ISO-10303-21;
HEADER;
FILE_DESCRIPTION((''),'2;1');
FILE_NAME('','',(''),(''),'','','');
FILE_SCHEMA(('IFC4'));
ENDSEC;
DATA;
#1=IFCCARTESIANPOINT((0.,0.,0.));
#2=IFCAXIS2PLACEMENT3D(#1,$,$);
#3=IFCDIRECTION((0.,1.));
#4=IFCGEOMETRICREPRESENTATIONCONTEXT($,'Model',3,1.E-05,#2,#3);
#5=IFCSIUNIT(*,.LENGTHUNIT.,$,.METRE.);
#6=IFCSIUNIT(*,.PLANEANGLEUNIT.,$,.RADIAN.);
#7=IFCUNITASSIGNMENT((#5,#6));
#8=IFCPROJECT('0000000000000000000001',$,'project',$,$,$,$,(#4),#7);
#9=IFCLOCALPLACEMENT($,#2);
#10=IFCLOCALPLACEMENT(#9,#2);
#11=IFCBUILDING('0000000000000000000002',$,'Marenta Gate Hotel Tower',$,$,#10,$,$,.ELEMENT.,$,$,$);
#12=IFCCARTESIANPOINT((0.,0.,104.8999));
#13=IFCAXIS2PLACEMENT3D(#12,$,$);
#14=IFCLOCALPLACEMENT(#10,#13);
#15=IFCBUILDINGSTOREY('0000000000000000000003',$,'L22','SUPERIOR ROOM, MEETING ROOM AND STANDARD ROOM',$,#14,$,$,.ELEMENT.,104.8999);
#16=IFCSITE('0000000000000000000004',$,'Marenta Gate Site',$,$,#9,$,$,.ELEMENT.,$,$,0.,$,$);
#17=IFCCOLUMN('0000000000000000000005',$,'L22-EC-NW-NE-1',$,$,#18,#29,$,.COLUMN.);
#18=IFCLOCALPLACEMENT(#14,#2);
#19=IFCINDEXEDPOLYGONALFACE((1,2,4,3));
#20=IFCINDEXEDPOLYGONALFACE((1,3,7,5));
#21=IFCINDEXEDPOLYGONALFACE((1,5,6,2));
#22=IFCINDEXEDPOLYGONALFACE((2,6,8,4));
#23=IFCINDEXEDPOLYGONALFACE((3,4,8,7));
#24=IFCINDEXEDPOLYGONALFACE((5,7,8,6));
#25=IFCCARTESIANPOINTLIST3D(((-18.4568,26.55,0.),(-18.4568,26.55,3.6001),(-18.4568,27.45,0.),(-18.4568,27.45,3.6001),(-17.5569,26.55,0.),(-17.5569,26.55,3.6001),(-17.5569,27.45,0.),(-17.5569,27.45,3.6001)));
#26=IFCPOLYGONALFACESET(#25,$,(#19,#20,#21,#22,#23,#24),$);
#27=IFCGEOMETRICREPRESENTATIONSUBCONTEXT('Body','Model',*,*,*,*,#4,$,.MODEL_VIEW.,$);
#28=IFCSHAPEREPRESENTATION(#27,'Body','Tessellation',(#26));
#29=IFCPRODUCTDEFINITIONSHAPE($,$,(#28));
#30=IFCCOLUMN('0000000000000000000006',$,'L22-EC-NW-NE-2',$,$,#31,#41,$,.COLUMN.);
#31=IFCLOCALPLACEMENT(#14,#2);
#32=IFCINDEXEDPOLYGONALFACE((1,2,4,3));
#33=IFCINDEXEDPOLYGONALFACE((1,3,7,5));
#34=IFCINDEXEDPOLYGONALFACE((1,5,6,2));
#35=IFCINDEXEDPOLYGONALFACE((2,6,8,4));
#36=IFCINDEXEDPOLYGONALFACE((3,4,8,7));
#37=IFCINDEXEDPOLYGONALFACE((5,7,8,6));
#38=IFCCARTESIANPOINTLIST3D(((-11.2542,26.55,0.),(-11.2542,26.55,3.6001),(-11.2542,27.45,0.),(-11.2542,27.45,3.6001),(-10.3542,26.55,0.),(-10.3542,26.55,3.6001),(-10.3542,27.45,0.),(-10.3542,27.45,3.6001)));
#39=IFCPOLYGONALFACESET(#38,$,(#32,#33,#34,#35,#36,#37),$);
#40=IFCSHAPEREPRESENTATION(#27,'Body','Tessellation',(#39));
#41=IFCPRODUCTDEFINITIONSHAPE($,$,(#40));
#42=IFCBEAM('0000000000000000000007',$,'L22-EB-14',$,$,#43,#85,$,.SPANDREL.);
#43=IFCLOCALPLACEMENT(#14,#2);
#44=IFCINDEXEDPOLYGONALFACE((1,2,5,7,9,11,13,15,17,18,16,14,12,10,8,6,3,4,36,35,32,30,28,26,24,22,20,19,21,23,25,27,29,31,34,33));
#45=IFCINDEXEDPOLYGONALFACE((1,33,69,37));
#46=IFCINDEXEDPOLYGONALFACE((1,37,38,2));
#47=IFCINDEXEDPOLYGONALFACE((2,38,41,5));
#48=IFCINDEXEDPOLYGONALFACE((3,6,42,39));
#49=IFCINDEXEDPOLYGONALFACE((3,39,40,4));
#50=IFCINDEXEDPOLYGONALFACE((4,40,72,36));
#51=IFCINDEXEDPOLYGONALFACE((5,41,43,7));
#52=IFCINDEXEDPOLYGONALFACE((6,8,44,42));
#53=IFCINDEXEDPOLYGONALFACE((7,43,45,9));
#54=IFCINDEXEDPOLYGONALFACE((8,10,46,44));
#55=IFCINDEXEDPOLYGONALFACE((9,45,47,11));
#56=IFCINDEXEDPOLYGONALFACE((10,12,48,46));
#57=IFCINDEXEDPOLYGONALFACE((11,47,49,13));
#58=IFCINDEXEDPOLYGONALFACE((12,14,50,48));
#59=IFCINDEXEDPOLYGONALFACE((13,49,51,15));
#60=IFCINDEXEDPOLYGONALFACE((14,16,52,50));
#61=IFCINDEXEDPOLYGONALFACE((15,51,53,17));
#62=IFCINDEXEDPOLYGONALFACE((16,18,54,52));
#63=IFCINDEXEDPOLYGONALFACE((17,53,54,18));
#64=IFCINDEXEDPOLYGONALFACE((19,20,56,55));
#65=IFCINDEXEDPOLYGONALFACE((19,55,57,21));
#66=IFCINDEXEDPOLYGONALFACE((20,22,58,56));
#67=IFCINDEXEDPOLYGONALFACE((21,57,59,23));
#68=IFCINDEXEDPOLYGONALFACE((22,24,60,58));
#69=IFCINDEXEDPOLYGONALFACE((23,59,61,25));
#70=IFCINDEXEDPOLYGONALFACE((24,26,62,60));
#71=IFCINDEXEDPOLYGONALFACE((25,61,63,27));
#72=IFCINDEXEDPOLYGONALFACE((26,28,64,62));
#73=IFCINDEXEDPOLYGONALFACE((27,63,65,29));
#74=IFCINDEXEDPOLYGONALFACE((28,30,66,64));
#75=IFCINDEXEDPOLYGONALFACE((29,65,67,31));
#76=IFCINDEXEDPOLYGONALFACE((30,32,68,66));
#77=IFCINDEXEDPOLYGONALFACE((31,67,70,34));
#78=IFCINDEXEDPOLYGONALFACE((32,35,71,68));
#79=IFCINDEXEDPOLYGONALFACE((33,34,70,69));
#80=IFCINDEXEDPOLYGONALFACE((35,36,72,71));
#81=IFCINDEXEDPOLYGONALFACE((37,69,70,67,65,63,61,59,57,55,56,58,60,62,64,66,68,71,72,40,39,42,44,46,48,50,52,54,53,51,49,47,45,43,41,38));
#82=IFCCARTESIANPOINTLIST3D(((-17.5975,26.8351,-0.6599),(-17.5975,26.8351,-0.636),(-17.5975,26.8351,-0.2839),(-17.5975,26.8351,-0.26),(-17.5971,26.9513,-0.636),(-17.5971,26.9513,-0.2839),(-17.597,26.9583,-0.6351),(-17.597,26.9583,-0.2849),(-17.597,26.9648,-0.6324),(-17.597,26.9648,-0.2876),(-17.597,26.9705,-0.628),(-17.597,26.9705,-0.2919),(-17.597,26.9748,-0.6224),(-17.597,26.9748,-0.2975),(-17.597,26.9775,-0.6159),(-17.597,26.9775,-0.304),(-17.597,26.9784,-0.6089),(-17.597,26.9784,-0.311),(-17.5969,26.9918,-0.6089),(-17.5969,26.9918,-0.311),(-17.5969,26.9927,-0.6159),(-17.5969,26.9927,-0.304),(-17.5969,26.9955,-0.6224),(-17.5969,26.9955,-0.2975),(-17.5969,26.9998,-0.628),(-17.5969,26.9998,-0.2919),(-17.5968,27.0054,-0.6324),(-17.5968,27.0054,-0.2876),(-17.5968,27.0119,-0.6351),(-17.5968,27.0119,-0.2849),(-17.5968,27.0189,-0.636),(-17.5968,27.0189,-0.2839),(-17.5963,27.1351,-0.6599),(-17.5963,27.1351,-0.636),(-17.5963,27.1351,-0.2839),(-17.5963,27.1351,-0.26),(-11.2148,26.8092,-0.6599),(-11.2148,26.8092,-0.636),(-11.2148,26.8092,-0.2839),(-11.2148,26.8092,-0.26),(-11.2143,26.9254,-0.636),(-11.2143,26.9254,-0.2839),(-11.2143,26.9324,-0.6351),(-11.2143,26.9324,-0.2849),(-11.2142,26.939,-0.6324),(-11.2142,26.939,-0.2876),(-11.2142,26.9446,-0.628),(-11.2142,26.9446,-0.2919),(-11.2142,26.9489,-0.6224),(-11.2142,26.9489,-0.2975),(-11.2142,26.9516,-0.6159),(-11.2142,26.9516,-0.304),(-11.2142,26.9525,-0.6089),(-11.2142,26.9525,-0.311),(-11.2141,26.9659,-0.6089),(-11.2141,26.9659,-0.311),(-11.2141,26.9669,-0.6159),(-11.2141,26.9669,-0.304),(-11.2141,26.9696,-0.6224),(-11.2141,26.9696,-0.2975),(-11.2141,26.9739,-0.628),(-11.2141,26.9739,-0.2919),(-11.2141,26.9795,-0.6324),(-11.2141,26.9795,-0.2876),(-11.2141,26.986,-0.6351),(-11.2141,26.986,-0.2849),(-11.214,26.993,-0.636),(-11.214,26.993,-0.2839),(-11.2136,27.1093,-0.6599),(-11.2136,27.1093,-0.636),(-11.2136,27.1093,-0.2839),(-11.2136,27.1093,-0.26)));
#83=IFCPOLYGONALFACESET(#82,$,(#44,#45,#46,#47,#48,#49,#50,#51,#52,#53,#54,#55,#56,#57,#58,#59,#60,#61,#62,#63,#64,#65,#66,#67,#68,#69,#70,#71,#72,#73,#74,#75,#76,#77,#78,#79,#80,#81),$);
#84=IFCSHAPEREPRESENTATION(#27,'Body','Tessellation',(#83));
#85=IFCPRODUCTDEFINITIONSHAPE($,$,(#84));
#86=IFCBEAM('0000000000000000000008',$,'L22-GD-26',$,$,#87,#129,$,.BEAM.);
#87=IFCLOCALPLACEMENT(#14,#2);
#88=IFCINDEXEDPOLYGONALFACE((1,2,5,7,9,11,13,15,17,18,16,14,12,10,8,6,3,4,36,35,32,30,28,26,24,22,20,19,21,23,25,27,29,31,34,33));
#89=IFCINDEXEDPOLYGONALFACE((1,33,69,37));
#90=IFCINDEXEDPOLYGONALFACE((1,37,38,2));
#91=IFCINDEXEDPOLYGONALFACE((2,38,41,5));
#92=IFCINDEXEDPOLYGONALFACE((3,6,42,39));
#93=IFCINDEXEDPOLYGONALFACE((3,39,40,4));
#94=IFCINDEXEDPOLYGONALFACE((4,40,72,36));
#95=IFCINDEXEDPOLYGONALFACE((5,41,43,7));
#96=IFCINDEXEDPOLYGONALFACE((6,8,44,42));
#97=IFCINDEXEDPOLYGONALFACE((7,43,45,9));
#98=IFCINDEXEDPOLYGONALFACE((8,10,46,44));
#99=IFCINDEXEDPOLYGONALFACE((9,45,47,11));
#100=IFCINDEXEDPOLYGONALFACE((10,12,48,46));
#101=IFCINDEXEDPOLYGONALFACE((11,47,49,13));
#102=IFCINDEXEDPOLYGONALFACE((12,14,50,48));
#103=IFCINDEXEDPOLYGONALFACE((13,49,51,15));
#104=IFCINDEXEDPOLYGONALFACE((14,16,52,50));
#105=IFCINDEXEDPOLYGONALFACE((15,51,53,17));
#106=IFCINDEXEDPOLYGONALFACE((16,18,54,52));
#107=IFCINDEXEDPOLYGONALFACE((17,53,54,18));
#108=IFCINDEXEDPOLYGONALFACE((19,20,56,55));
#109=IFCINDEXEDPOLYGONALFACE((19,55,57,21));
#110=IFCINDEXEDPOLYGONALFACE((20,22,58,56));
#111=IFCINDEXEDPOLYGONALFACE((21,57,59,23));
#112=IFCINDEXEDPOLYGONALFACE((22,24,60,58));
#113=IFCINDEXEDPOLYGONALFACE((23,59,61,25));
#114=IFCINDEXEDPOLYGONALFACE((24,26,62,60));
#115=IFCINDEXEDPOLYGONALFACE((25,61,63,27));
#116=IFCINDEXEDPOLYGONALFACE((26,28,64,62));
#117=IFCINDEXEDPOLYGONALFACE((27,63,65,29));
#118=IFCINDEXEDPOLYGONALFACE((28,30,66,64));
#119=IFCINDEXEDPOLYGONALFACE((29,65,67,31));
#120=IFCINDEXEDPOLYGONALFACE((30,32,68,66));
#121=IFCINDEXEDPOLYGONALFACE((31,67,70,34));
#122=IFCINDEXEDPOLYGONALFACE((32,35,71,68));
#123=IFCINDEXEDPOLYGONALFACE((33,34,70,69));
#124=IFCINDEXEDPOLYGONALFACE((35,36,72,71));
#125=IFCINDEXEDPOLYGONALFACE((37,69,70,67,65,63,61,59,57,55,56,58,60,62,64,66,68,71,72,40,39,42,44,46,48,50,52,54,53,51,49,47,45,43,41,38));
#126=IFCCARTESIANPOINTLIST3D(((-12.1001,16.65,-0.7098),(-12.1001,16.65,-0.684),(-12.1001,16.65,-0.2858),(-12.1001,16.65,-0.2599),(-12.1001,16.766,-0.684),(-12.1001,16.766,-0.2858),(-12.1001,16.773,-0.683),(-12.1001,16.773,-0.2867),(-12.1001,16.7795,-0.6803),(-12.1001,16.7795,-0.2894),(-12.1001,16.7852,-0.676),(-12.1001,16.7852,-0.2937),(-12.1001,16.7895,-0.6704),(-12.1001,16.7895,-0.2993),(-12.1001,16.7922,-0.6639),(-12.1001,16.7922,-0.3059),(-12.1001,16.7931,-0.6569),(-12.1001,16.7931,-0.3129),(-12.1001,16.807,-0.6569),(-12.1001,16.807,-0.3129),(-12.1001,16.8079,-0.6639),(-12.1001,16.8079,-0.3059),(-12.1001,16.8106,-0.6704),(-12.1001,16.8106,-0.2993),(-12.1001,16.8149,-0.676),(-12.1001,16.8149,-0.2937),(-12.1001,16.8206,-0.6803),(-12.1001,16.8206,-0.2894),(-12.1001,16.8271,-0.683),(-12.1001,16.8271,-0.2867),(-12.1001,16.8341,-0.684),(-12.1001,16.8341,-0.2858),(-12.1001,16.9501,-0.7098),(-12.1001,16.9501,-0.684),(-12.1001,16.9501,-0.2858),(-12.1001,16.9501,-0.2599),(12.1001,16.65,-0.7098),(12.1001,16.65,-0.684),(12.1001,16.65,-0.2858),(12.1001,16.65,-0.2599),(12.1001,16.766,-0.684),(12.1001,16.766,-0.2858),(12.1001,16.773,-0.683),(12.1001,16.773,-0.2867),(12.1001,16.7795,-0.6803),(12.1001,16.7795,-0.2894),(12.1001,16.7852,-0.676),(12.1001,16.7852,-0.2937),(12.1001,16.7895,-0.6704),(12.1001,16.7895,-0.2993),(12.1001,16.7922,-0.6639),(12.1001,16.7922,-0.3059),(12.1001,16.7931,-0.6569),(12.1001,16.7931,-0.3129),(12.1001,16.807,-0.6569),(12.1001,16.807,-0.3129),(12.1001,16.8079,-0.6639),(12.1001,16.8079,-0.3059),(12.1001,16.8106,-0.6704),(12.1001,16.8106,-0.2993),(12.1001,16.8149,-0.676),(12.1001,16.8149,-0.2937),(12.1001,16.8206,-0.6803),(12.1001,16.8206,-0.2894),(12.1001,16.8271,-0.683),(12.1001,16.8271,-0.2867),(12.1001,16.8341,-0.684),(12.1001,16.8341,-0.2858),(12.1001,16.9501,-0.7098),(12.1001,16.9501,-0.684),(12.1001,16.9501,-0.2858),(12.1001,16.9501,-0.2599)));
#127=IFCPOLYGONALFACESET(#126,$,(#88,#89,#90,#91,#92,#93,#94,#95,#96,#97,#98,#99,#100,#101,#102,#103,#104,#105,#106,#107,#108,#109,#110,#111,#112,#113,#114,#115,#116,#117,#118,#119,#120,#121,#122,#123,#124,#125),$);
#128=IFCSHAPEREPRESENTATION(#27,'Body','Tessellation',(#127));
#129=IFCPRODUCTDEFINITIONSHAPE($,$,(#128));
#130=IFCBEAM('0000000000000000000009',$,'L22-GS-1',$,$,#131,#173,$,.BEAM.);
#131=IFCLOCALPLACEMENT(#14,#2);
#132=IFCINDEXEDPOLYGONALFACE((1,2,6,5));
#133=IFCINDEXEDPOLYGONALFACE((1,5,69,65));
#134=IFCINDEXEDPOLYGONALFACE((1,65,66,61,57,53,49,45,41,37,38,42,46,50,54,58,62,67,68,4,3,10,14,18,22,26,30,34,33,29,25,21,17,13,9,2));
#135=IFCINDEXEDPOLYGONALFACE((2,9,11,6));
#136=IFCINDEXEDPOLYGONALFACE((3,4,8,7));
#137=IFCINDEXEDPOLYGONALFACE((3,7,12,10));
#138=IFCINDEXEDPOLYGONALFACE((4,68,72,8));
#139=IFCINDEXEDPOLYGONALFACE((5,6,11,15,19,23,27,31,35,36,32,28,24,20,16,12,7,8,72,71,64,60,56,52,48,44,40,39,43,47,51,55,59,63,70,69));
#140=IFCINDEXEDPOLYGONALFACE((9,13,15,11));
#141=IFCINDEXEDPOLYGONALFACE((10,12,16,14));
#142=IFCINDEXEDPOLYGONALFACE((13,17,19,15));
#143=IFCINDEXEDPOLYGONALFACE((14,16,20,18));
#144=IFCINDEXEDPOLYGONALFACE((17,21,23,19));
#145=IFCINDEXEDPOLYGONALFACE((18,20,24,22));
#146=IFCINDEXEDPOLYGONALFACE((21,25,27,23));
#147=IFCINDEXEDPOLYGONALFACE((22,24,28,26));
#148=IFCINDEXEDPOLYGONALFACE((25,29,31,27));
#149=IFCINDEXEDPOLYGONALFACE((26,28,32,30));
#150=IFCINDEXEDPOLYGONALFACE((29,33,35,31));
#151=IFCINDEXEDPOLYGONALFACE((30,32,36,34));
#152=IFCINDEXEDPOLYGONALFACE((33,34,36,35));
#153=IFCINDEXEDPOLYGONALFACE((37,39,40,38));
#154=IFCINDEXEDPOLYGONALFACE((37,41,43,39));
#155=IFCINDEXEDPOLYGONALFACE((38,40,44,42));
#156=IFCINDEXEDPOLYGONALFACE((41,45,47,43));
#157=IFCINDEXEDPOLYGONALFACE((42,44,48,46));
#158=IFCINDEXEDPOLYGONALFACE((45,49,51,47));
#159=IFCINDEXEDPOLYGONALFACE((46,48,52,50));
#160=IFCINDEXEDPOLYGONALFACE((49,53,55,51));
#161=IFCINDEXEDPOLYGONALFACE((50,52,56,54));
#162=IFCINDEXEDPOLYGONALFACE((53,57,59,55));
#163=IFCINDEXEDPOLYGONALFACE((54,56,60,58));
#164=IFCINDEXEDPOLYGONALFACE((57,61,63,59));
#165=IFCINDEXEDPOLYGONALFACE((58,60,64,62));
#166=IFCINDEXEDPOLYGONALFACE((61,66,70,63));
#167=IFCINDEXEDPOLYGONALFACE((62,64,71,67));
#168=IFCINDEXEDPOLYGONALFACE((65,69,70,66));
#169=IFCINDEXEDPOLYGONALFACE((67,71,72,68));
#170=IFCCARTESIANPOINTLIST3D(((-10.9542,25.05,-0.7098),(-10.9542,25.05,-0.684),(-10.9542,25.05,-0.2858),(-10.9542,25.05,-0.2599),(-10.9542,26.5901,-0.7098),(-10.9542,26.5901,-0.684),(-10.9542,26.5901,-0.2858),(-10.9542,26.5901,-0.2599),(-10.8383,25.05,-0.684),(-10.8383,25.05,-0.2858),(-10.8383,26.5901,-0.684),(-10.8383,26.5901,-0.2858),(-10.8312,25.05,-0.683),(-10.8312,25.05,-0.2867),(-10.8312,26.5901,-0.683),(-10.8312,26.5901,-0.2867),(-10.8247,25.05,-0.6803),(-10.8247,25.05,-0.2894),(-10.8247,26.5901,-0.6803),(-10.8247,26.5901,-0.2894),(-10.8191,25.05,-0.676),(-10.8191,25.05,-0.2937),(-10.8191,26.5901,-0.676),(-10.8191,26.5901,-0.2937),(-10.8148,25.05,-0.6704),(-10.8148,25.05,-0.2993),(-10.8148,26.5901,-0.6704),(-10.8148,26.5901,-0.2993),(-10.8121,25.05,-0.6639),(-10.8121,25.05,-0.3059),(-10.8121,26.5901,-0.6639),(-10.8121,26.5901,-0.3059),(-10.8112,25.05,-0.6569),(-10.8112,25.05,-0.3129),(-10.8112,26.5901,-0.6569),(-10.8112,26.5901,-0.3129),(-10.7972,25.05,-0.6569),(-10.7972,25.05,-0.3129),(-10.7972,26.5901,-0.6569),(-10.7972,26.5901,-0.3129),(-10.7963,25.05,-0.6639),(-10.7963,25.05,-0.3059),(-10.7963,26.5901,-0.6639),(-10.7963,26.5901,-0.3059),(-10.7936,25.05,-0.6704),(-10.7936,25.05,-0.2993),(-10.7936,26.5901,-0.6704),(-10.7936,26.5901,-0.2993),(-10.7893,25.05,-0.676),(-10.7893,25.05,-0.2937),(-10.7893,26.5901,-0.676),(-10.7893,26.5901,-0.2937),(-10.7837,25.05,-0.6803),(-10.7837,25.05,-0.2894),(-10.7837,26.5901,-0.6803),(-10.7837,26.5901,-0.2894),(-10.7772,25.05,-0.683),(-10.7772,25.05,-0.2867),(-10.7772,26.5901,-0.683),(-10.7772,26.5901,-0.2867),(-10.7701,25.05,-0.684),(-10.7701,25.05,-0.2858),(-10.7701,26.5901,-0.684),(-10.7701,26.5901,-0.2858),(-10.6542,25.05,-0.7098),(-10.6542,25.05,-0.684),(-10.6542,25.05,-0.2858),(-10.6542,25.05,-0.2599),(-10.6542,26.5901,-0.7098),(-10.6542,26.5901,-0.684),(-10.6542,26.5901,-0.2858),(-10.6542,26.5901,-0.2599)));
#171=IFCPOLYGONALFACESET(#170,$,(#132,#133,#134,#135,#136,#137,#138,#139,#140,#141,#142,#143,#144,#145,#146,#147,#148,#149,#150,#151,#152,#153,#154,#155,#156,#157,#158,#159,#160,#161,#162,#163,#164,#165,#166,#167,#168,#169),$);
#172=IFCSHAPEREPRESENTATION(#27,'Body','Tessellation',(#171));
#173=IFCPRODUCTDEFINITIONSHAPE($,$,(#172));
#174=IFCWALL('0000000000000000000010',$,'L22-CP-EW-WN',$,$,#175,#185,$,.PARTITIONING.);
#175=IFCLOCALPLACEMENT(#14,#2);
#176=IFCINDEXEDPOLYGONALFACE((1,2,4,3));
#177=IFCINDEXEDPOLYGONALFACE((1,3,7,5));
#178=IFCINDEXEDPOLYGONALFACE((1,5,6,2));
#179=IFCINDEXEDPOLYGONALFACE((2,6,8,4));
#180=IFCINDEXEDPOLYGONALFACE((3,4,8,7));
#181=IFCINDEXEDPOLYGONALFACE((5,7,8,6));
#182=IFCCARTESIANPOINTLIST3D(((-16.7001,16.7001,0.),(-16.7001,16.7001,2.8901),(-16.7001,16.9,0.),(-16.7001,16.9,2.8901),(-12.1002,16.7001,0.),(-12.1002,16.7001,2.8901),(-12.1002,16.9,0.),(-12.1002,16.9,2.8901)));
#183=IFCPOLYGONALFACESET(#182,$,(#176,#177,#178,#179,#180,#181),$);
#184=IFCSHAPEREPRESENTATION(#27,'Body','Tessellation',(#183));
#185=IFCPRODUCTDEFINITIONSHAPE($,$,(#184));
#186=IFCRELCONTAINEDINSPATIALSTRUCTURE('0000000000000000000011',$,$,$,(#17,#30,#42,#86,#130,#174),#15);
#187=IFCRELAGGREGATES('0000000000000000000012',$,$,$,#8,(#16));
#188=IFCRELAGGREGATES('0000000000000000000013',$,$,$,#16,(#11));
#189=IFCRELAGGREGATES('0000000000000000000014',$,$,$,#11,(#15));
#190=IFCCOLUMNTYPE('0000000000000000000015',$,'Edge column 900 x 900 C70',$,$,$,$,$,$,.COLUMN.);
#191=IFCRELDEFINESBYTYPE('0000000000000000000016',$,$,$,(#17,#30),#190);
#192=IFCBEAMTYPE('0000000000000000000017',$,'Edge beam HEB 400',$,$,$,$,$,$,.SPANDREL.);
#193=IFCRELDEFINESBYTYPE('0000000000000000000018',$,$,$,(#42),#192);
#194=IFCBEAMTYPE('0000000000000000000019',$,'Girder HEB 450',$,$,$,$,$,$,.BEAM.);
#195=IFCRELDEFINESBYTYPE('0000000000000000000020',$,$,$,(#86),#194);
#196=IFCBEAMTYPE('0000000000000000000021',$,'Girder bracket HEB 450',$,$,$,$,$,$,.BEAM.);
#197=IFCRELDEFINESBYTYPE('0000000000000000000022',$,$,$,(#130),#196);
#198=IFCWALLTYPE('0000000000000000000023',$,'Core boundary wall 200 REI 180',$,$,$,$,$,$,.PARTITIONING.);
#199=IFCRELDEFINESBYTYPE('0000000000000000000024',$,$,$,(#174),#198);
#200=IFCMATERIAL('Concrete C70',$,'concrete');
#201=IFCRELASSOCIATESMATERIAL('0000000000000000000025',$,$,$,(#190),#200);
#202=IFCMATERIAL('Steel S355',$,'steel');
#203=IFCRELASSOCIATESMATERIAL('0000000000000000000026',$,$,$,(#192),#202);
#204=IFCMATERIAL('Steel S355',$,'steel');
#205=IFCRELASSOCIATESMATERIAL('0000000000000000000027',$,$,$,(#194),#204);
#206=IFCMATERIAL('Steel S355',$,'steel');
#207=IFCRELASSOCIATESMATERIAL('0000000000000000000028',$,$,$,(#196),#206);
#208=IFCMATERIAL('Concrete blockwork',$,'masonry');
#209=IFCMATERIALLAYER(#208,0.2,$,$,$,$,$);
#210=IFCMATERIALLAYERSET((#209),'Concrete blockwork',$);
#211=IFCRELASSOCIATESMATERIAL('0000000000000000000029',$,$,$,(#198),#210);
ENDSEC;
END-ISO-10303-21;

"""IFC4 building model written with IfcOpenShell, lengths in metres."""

from ifc_helpers import new_model, si_unit, direction, frame, frame_2d, origin, origin_2d, place, context, subcontext, project, spatial, rectangle, i_section, extrude, material, layer, layer_set, material_profile, profile_set, type_object, element, save


model = new_model("IFC4")

# Units and contexts
model_context = context("Model", 3, precision=1e-05, world=origin(), true_north=direction((0.0, 1.0)))
body_context = subcontext(model_context, "Body", "Model", "MODEL_VIEW")
ifc_project = project(units=[si_unit("LENGTHUNIT", "METRE"), si_unit("PLANEANGLEUNIT", "RADIAN")], contexts=[model_context])

# Site, building, storey
site_placement = place(None, origin())
site = spatial("IfcSite", under=ifc_project, at=site_placement, Name="Marenta Gate Site", CompositionType="ELEMENT", RefElevation=0.0)
building_placement = place(site_placement, origin())
building = spatial("IfcBuilding", under=site, at=building_placement, Name="Marenta Gate Hotel Tower", CompositionType="ELEMENT")
storey_placement = place(building_placement, frame((0.0, 0.0, 104.8999)))
storey = spatial("IfcBuildingStorey", under=building, at=storey_placement, Name="L22", Description="SUPERIOR ROOM, MEETING ROOM AND STANDARD ROOM", CompositionType="ELEMENT", Elevation=104.8999)

# Columns
ifc_material_1 = material(Name="Concrete C70", Category="concrete")
ifc_material_profile_1 = material_profile(ifc_material_1, rectangle(XDim=0.8999, YDim=0.8999, at=origin_2d()), Name="900 x 900")
ifc_profile_set_1 = profile_set([ifc_material_profile_1], Name="Concrete C70")
column_type = type_object("IfcColumnType", Name="Edge column 900 x 900 C70", PredefinedType="COLUMN", material=ifc_profile_set_1)
for number, where, z_axis, x_axis, name in (
    (1, (-18.0068, 27.0, 0.0), (0.0, 0.0, 1.0), (1.0, 0.0, 0.0), "L22-EC-NW-NE-1"),
    (2, (-10.8042, 27.0, 0.0), (0.0, 0.0, 1.0), (1.0, 0.0, 0.0), "L22-EC-NW-NE-2"),
):
    element("IfcColumn", number, at=place(storey_placement, frame(where, z_axis=z_axis, x_axis=x_axis)), inside=storey, type_object=column_type, Name=name, PredefinedType="COLUMN", context=body_context, shape_type="SweptSolid", body=[
        extrude(rectangle(XDim=0.8999, YDim=0.8999, at=origin_2d()), origin(), (0.0, 0.0, 1.0), 3.6001),
    ])

# Beams
ifc_material_2 = material(Name="Steel S355", Category="steel")
ifc_material_profile_2 = material_profile(ifc_material_2, i_section(OverallWidth=0.3, OverallDepth=0.3999, WebThickness=0.0134, FlangeThickness=0.0239, FilletRadius=0.0271, at=origin_2d()), Name="HEB 400")
ifc_profile_set_2 = profile_set([ifc_material_profile_2], Name="Steel S355")
beam_type_1 = type_object("IfcBeamType", Name="Edge beam HEB 400", PredefinedType="SPANDREL", material=ifc_profile_set_2)
beam_1_placement = place(storey_placement, frame((-17.5969, 26.9851, -0.46), z_axis=(0.999992, -0.004054, 0.0), x_axis=(0.004054, 0.999992, 0.0)))
element("IfcBeam", 3, at=beam_1_placement, inside=storey, type_object=beam_type_1, Name="L22-EB-14", PredefinedType="SPANDREL", context=body_context, shape_type="SweptSolid", body=[
    extrude(i_section(OverallWidth=0.3, OverallDepth=0.3999, WebThickness=0.0134, FlangeThickness=0.0239, FilletRadius=0.0271, at=origin_2d()), origin(), (0.0, 0.0, 1.0), 6.3828),
])
ifc_material_3 = material(Name="Steel S355", Category="steel")
ifc_material_profile_3 = material_profile(ifc_material_3, i_section(OverallWidth=0.3, OverallDepth=0.45, WebThickness=0.0139, FlangeThickness=0.0259, FilletRadius=0.0271, at=origin_2d()), Name="HEB 450")
ifc_profile_set_3 = profile_set([ifc_material_profile_3], Name="Steel S355")
beam_type_2 = type_object("IfcBeamType", Name="Girder HEB 450", PredefinedType="BEAM", material=ifc_profile_set_3)
beam_2_placement = place(storey_placement, frame((-12.1001, 16.8, -0.4849), z_axis=(1.0, 0.0, 0.0), x_axis=(0.0, 1.0, 0.0)))
element("IfcBeam", 4, at=beam_2_placement, inside=storey, type_object=beam_type_2, Name="L22-GD-26", PredefinedType="BEAM", context=body_context, shape_type="SweptSolid", body=[
    extrude(i_section(OverallWidth=0.3, OverallDepth=0.45, WebThickness=0.0139, FlangeThickness=0.0259, FilletRadius=0.0271, at=origin_2d()), origin(), (0.0, 0.0, 1.0), 24.2002),
])
ifc_material_4 = material(Name="Steel S355", Category="steel")
ifc_material_profile_4 = material_profile(ifc_material_4, i_section(OverallWidth=0.3, OverallDepth=0.45, WebThickness=0.0139, FlangeThickness=0.0259, FilletRadius=0.0271, at=origin_2d()), Name="HEB 450")
ifc_profile_set_4 = profile_set([ifc_material_profile_4], Name="Steel S355")
beam_type_3 = type_object("IfcBeamType", Name="Girder bracket HEB 450", PredefinedType="BEAM", material=ifc_profile_set_4)
beam_3_placement = place(storey_placement, frame((-10.8042, 25.05, -0.4849), z_axis=(0.0, 1.0, 0.0), x_axis=(-1.0, 0.0, 0.0)))
element("IfcBeam", 5, at=beam_3_placement, inside=storey, type_object=beam_type_3, Name="L22-GS-1", PredefinedType="BEAM", context=body_context, shape_type="SweptSolid", body=[
    extrude(i_section(OverallWidth=0.3, OverallDepth=0.45, WebThickness=0.0139, FlangeThickness=0.0259, FilletRadius=0.0271, at=origin_2d()), origin(), (0.0, 0.0, 1.0), 1.54),
])

# Wall
ifc_material_5 = material(Name="Concrete blockwork", Category="masonry")
ifc_layer_1 = layer(ifc_material_5, 0.2)
ifc_layer_set_1 = layer_set([ifc_layer_1], Name="Concrete blockwork")
wall_type_1 = type_object("IfcWallType", Name="Core boundary wall 200 REI 180", PredefinedType="PARTITIONING", material=ifc_layer_set_1)
wall_1_placement = place(storey_placement, frame((-16.7, 16.8, 0.0), z_axis=(0.0, 0.0, 1.0), x_axis=(1.0, 0.0, 0.0)))
element("IfcWall", 6, at=wall_1_placement, inside=storey, type_object=wall_type_1, Name="L22-CP-EW-WN", PredefinedType="PARTITIONING", context=body_context, shape_type="SweptSolid", body=[
    extrude(rectangle(XDim=4.5999, YDim=0.2, at=frame_2d((2.2998, 0.0))), origin(), (0.0, 0.0, 1.0), 2.8901),
])

save(model, "model.ifc")
